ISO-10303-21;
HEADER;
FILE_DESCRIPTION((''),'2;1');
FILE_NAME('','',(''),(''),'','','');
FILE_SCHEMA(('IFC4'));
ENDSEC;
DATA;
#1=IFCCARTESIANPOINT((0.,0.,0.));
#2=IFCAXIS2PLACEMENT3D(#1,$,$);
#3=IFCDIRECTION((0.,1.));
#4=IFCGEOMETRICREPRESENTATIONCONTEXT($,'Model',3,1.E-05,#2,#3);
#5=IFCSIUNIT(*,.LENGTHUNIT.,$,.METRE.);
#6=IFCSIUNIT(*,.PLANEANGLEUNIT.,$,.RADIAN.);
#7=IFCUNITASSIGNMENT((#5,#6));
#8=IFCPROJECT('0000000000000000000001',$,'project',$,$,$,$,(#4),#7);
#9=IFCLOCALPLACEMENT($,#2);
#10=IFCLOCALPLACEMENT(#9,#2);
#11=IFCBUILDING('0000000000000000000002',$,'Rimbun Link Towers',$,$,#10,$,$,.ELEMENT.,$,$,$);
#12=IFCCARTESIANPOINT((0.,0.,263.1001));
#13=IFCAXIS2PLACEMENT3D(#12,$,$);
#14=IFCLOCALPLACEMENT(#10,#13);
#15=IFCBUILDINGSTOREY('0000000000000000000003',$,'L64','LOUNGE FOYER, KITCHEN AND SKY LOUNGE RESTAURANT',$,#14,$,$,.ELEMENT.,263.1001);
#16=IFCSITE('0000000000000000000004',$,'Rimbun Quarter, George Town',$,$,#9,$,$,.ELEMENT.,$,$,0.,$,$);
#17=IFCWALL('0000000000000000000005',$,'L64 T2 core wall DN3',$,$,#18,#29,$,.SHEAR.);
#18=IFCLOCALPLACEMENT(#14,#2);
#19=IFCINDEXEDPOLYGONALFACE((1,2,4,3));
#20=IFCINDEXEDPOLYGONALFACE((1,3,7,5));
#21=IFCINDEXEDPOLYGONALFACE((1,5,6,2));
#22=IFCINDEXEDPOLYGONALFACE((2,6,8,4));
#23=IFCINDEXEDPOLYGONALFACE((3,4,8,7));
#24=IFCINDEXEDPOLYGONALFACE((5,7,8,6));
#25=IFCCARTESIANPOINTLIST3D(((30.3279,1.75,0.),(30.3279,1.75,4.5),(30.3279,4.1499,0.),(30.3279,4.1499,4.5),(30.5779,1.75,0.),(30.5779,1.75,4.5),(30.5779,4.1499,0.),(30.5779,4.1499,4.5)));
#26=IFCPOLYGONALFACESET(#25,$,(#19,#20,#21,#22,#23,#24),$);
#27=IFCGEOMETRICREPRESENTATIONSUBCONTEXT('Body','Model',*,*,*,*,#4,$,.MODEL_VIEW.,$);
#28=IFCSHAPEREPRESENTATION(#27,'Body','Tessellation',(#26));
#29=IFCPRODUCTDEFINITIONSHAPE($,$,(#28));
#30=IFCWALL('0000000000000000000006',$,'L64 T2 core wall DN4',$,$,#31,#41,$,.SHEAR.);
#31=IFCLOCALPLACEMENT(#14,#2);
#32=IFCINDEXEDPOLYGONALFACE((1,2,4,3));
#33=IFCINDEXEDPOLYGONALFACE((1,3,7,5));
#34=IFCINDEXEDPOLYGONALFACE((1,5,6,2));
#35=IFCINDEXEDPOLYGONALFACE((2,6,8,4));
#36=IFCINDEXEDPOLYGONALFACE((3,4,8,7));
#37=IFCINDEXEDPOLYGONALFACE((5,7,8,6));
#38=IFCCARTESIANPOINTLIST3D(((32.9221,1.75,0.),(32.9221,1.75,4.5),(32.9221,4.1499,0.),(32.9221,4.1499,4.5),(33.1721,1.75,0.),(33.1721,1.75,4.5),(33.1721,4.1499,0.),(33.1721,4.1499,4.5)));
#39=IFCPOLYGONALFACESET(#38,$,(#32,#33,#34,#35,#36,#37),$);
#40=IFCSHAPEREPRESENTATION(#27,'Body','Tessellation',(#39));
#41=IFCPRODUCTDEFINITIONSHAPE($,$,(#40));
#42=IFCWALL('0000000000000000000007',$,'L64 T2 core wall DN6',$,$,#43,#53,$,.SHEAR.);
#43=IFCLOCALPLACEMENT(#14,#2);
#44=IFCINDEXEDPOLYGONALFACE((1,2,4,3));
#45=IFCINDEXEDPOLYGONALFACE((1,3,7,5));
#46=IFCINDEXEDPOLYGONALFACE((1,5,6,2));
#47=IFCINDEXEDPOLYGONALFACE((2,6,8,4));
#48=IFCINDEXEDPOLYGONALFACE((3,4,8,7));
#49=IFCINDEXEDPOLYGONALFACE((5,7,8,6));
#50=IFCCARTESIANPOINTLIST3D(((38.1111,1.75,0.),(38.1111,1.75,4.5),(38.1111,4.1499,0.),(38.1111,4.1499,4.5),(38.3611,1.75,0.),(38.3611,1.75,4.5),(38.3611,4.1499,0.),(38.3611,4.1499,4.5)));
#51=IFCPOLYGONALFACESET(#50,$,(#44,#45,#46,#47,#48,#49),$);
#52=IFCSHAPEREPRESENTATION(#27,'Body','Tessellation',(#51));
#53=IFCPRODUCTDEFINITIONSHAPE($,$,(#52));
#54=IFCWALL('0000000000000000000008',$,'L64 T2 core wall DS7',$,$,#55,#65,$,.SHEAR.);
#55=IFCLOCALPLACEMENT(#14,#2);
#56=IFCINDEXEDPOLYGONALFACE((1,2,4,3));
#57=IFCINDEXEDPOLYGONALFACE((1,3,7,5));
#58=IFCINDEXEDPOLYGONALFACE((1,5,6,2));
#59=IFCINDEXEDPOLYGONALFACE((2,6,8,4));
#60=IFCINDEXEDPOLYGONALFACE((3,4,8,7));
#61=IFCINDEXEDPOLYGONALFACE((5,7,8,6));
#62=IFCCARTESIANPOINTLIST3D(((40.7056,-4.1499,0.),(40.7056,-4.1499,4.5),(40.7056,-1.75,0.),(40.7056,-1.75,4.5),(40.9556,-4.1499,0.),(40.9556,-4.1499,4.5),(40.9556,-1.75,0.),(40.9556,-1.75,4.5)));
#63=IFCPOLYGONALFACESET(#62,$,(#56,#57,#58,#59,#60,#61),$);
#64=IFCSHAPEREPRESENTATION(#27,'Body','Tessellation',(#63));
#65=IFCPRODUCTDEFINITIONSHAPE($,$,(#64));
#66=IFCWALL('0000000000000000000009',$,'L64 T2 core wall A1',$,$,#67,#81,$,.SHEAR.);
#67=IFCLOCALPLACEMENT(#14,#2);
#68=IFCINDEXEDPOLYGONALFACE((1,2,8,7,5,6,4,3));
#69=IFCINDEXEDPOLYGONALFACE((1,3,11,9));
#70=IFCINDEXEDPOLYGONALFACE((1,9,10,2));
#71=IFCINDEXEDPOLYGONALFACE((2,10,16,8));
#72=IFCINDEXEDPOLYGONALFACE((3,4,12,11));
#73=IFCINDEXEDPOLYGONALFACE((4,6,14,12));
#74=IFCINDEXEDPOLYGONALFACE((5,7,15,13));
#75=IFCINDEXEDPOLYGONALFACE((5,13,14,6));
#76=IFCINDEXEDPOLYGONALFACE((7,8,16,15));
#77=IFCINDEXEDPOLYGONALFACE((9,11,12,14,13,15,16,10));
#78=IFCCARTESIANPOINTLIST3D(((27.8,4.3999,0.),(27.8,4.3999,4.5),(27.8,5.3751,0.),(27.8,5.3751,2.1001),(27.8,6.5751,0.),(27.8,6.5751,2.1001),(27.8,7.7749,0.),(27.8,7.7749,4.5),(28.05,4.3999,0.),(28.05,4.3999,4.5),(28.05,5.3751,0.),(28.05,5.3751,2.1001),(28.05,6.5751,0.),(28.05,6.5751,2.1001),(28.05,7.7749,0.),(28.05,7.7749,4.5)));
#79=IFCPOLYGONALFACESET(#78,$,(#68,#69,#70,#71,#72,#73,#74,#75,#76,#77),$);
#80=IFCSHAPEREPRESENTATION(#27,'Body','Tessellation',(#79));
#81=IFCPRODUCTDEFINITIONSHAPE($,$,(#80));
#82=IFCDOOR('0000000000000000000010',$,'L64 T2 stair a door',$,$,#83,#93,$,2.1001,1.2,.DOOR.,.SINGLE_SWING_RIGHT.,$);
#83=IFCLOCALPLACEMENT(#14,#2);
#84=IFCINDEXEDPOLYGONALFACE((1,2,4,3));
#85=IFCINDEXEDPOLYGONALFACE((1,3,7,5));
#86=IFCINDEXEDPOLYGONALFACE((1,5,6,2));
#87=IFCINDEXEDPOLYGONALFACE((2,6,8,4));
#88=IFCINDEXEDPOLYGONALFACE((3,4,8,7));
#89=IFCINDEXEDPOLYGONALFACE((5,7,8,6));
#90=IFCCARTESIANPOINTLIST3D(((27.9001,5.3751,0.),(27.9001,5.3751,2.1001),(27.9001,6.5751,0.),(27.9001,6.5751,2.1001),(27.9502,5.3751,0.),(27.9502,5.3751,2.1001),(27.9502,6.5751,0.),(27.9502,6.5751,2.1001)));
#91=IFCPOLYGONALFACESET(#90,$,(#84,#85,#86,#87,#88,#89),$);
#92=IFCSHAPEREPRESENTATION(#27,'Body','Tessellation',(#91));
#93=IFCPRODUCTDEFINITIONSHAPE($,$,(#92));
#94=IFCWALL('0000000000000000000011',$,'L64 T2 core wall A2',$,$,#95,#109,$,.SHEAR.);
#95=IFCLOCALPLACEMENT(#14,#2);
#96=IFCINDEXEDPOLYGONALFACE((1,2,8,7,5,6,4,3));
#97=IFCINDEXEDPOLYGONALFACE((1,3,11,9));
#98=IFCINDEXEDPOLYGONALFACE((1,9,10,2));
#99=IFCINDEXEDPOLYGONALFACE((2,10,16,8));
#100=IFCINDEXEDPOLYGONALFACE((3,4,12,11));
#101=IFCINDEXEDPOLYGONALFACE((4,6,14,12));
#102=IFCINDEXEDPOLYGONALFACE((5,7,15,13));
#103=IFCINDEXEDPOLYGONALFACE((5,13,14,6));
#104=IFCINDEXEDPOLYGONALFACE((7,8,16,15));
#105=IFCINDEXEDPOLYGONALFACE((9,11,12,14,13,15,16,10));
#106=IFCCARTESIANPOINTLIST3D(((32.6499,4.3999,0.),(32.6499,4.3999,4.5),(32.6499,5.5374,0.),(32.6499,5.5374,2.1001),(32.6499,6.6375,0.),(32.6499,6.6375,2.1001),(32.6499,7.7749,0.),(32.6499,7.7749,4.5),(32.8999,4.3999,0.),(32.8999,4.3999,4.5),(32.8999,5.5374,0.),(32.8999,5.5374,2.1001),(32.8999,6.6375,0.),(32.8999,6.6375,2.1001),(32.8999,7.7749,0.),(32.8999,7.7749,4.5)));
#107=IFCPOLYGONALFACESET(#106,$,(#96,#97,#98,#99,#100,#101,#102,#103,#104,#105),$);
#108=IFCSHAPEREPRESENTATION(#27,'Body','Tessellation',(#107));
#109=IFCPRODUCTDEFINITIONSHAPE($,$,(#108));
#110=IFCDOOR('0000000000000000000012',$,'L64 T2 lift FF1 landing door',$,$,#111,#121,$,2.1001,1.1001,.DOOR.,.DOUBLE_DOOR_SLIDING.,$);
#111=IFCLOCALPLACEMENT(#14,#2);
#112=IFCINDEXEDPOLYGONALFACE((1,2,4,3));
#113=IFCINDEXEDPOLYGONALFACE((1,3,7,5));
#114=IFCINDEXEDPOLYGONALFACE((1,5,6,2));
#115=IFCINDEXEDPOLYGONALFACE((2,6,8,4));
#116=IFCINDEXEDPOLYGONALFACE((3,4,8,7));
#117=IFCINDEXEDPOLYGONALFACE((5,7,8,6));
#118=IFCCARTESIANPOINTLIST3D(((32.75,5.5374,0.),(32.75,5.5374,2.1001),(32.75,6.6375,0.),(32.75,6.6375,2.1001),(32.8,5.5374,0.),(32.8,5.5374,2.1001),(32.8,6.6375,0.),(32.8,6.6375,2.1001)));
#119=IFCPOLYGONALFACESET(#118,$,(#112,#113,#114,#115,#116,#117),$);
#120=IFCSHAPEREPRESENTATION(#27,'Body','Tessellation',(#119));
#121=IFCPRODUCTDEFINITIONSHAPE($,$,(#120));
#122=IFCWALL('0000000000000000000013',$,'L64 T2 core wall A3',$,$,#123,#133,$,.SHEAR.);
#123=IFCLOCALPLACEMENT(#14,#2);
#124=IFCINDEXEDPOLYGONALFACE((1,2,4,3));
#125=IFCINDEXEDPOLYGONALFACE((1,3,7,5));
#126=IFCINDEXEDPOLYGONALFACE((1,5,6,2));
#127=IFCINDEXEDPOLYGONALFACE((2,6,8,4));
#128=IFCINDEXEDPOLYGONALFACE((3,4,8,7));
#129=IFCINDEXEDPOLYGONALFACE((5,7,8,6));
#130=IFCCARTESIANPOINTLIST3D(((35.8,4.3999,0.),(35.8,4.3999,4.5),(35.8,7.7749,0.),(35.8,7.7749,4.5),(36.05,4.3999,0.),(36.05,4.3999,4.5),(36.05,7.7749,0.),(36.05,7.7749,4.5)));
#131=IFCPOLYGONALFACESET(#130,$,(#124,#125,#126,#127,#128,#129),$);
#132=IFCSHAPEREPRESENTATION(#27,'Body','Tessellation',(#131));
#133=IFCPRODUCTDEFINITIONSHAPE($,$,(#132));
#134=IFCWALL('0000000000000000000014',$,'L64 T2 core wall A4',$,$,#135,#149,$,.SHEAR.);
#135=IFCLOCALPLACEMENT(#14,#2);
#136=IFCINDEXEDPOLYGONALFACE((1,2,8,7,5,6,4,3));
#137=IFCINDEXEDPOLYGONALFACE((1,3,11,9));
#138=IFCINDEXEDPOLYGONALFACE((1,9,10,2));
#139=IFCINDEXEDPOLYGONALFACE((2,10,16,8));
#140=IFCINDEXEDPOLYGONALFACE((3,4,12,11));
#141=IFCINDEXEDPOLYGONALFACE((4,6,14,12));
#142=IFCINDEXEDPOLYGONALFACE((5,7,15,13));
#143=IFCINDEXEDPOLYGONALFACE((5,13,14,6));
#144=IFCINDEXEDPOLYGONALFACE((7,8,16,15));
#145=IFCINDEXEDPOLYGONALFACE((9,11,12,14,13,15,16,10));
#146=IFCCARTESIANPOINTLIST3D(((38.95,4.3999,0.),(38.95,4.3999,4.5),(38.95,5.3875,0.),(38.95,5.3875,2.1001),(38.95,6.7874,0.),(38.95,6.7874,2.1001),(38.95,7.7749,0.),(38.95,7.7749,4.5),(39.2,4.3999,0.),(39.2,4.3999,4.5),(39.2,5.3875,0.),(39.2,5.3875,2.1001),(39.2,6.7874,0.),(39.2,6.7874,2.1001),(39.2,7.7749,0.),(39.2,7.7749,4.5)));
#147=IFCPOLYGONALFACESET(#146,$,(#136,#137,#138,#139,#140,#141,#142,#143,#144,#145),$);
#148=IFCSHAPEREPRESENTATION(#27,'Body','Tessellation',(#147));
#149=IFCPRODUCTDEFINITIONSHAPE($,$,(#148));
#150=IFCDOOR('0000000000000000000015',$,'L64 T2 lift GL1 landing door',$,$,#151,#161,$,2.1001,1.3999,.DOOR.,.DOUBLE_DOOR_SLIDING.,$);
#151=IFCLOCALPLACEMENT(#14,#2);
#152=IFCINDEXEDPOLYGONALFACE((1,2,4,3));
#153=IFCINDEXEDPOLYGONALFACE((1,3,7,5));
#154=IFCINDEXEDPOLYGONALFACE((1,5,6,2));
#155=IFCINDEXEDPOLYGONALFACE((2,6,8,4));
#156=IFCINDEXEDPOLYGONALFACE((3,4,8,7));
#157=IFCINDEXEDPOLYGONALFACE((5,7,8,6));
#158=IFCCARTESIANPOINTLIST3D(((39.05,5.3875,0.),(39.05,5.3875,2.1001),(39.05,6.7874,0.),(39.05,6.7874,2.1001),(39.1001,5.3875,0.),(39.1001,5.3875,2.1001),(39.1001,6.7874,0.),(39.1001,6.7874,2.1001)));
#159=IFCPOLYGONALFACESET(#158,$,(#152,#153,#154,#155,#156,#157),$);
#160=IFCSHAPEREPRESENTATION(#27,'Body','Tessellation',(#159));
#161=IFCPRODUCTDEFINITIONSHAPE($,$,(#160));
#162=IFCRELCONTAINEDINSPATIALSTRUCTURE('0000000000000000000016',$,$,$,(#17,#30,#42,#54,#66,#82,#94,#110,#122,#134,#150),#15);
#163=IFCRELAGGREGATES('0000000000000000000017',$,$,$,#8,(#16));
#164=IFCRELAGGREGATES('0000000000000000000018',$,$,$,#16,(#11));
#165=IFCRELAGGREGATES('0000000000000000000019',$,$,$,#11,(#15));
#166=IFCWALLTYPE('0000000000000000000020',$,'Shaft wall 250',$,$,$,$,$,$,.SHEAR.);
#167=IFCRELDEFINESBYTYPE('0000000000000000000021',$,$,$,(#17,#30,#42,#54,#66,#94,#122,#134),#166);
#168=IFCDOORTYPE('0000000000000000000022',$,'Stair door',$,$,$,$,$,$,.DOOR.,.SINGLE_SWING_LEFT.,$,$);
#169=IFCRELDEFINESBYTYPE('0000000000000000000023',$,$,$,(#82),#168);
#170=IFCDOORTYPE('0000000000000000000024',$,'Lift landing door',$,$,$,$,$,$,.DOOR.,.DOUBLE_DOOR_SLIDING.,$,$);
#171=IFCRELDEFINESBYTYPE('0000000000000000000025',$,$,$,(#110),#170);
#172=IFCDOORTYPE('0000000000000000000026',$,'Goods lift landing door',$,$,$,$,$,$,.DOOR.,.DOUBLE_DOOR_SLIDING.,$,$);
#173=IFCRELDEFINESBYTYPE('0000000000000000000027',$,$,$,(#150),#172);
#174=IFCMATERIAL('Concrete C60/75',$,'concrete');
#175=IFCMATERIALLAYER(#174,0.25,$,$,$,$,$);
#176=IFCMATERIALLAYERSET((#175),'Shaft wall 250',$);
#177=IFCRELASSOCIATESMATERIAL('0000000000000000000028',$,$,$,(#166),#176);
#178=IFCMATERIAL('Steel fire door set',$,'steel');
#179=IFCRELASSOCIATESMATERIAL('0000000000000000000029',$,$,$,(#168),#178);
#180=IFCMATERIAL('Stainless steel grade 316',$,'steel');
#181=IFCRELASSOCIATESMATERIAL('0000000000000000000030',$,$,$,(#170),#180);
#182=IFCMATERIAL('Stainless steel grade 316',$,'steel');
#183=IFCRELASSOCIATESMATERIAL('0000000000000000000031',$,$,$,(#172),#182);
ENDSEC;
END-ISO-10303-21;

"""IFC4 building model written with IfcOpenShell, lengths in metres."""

from ifc_helpers import new_model, si_unit, direction, frame, frame_2d, origin, place, context, subcontext, project, spatial, rectangle, extrude, material, layer, layer_set, type_object, element, fill, save


model = new_model("IFC4")

# Units and contexts
model_context = context("Model", 3, precision=1e-05, world=origin(), true_north=direction((0.0, 1.0)))
body_context = subcontext(model_context, "Body", "Model", "MODEL_VIEW")
ifc_project = project(units=[si_unit("LENGTHUNIT", "METRE"), si_unit("PLANEANGLEUNIT", "RADIAN")], contexts=[model_context])

# Site, building, storey
site_placement = place(None, origin())
site = spatial("IfcSite", under=ifc_project, at=site_placement, Name="Rimbun Quarter, George Town", CompositionType="ELEMENT", RefElevation=0.0)
building_placement = place(site_placement, origin())
building = spatial("IfcBuilding", under=site, at=building_placement, Name="Rimbun Link Towers", CompositionType="ELEMENT")
storey_placement = place(building_placement, frame((0.0, 0.0, 263.1001)))
storey = spatial("IfcBuildingStorey", under=building, at=storey_placement, Name="L64", Description="LOUNGE FOYER, KITCHEN AND SKY LOUNGE RESTAURANT", CompositionType="ELEMENT", Elevation=263.1001)

# Walls
ifc_material_1 = material(Name="Concrete C60/75", Category="concrete")
ifc_layer_1 = layer(ifc_material_1, 0.25)
ifc_layer_set_1 = layer_set([ifc_layer_1], Name="Shaft wall 250")
wall_type_1 = type_object("IfcWallType", Name="Shaft wall 250", PredefinedType="SHEAR", material=ifc_layer_set_1)
for number, where, z_axis, x_axis, name in (
    (1, (30.4529, 1.75, 0.0), (0.0, 0.0, 1.0), (0.0, 1.0, 0.0), "L64 T2 core wall DN3"),
    (2, (33.0471, 1.75, 0.0), (0.0, 0.0, 1.0), (0.0, 1.0, 0.0), "L64 T2 core wall DN4"),
    (3, (38.2361, 1.75, 0.0), (0.0, 0.0, 1.0), (0.0, 1.0, 0.0), "L64 T2 core wall DN6"),
    (4, (40.8306, -4.1499, 0.0), (0.0, 0.0, 1.0), (0.0, 1.0, 0.0), "L64 T2 core wall DS7"),
):
    element("IfcWall", number, at=place(storey_placement, frame(where, z_axis=z_axis, x_axis=x_axis)), inside=storey, type_object=wall_type_1, Name=name, PredefinedType="SHEAR", context=body_context, shape_type="SweptSolid", body=[
        extrude(rectangle(XDim=2.3999, YDim=0.25, at=frame_2d((1.2, 0.0))), origin(), (0.0, 0.0, 1.0), 4.5),
    ])

# Walls, openings, doors
wall_1_placement = place(storey_placement, frame((27.925, 4.3999, 0.0), z_axis=(0.0, 0.0, 1.0), x_axis=(0.0, 1.0, 0.0)))
wall_1 = element("IfcWall", 5, at=wall_1_placement, inside=storey, type_object=wall_type_1, Name="L64 T2 core wall A1", PredefinedType="SHEAR", context=body_context, shape_type="SweptSolid", body=[
    extrude(rectangle(XDim=3.375, YDim=0.25, at=frame_2d((1.6875, 0.0))), origin(), (0.0, 0.0, 1.0), 4.5),
])
opening_1_placement = place(wall_1_placement, frame((0.9751, 0.0, 0.0)))
opening_1 = element("IfcOpeningElement", 6, at=opening_1_placement, cuts=wall_1, PredefinedType="OPENING", context=body_context, shape_type="SweptSolid", body=[
    extrude(rectangle(XDim=1.2, YDim=2.1001, at=frame_2d((0.6001, 1.05))), frame((0.0, 0.135, 0.0), z_axis=(0.0, -1.0, 0.0), x_axis=(1.0, 0.0, 0.0)), (0.0, 0.0, 1.0), 0.27),
])
ifc_material_2 = material(Name="Steel fire door set", Category="steel")
door_type_1 = type_object("IfcDoorType", Name="Stair door", OperationType="SINGLE_SWING_LEFT", PredefinedType="DOOR", material=ifc_material_2)
door_1_placement = place(opening_1_placement, origin())
door_1 = element("IfcDoor", 7, at=door_1_placement, inside=storey, type_object=door_type_1, Name="L64 T2 stair a door", OperationType="SINGLE_SWING_RIGHT", OverallHeight=2.1001, OverallWidth=1.2, PredefinedType="DOOR", context=body_context, shape_type="SweptSolid", body=[
    extrude(rectangle(XDim=1.2, YDim=2.1001, at=frame_2d((0.6001, 1.05))), frame((0.0, 0.0249, 0.0), z_axis=(0.0, -1.0, 0.0), x_axis=(1.0, 0.0, 0.0)), (0.0, 0.0, 1.0), 0.05),
])
fill(opening_1, door_1)
wall_2_placement = place(storey_placement, frame((32.7749, 4.3999, 0.0), z_axis=(0.0, 0.0, 1.0), x_axis=(0.0, 1.0, 0.0)))
wall_2 = element("IfcWall", 8, at=wall_2_placement, inside=storey, type_object=wall_type_1, Name="L64 T2 core wall A2", PredefinedType="SHEAR", context=body_context, shape_type="SweptSolid", body=[
    extrude(rectangle(XDim=3.375, YDim=0.25, at=frame_2d((1.6875, 0.0))), origin(), (0.0, 0.0, 1.0), 4.5),
])
opening_2_placement = place(wall_2_placement, frame((1.1375, 0.0, 0.0)))
opening_2 = element("IfcOpeningElement", 9, at=opening_2_placement, cuts=wall_2, PredefinedType="OPENING", context=body_context, shape_type="SweptSolid", body=[
    extrude(rectangle(XDim=1.1001, YDim=2.1001, at=frame_2d((0.55, 1.05))), frame((0.0, 0.135, 0.0), z_axis=(0.0, -1.0, 0.0), x_axis=(1.0, 0.0, 0.0)), (0.0, 0.0, 1.0), 0.27),
])
ifc_material_3 = material(Name="Stainless steel grade 316", Category="steel")
door_type_2 = type_object("IfcDoorType", Name="Lift landing door", OperationType="DOUBLE_DOOR_SLIDING", PredefinedType="DOOR", material=ifc_material_3)
door_2_placement = place(opening_2_placement, origin())
door_2 = element("IfcDoor", 10, at=door_2_placement, inside=storey, type_object=door_type_2, Name="L64 T2 lift FF1 landing door", OperationType="DOUBLE_DOOR_SLIDING", OverallHeight=2.1001, OverallWidth=1.1001, PredefinedType="DOOR", context=body_context, shape_type="SweptSolid", body=[
    extrude(rectangle(XDim=1.1001, YDim=2.1001, at=frame_2d((0.55, 1.05))), frame((0.0, 0.0249, 0.0), z_axis=(0.0, -1.0, 0.0), x_axis=(1.0, 0.0, 0.0)), (0.0, 0.0, 1.0), 0.05),
])
fill(opening_2, door_2)

# Wall
wall_3_placement = place(storey_placement, frame((35.925, 4.3999, 0.0), z_axis=(0.0, 0.0, 1.0), x_axis=(0.0, 1.0, 0.0)))
element("IfcWall", 11, at=wall_3_placement, inside=storey, type_object=wall_type_1, Name="L64 T2 core wall A3", PredefinedType="SHEAR", context=body_context, shape_type="SweptSolid", body=[
    extrude(rectangle(XDim=3.375, YDim=0.25, at=frame_2d((1.6875, 0.0))), origin(), (0.0, 0.0, 1.0), 4.5),
])

# Wall, opening, door
wall_4_placement = place(storey_placement, frame((39.075, 4.3999, 0.0), z_axis=(0.0, 0.0, 1.0), x_axis=(0.0, 1.0, 0.0)))
wall_4 = element("IfcWall", 12, at=wall_4_placement, inside=storey, type_object=wall_type_1, Name="L64 T2 core wall A4", PredefinedType="SHEAR", context=body_context, shape_type="SweptSolid", body=[
    extrude(rectangle(XDim=3.375, YDim=0.25, at=frame_2d((1.6875, 0.0))), origin(), (0.0, 0.0, 1.0), 4.5),
])
opening_3_placement = place(wall_4_placement, frame((0.9875, 0.0, 0.0)))
opening_3 = element("IfcOpeningElement", 13, at=opening_3_placement, cuts=wall_4, PredefinedType="OPENING", context=body_context, shape_type="SweptSolid", body=[
    extrude(rectangle(XDim=1.3999, YDim=2.1001, at=frame_2d((0.7, 1.05))), frame((0.0, 0.135, 0.0), z_axis=(0.0, -1.0, 0.0), x_axis=(1.0, 0.0, 0.0)), (0.0, 0.0, 1.0), 0.27),
])
ifc_material_4 = material(Name="Stainless steel grade 316", Category="steel")
door_type_3 = type_object("IfcDoorType", Name="Goods lift landing door", OperationType="DOUBLE_DOOR_SLIDING", PredefinedType="DOOR", material=ifc_material_4)
door_3_placement = place(opening_3_placement, origin())
door_3 = element("IfcDoor", 14, at=door_3_placement, inside=storey, type_object=door_type_3, Name="L64 T2 lift GL1 landing door", OperationType="DOUBLE_DOOR_SLIDING", OverallHeight=2.1001, OverallWidth=1.3999, PredefinedType="DOOR", context=body_context, shape_type="SweptSolid", body=[
    extrude(rectangle(XDim=1.3999, YDim=2.1001, at=frame_2d((0.7, 1.05))), frame((0.0, 0.0249, 0.0), z_axis=(0.0, -1.0, 0.0), x_axis=(1.0, 0.0, 0.0)), (0.0, 0.0, 1.0), 0.05),
])
fill(opening_3, door_3)

save(model, "model.ifc")
